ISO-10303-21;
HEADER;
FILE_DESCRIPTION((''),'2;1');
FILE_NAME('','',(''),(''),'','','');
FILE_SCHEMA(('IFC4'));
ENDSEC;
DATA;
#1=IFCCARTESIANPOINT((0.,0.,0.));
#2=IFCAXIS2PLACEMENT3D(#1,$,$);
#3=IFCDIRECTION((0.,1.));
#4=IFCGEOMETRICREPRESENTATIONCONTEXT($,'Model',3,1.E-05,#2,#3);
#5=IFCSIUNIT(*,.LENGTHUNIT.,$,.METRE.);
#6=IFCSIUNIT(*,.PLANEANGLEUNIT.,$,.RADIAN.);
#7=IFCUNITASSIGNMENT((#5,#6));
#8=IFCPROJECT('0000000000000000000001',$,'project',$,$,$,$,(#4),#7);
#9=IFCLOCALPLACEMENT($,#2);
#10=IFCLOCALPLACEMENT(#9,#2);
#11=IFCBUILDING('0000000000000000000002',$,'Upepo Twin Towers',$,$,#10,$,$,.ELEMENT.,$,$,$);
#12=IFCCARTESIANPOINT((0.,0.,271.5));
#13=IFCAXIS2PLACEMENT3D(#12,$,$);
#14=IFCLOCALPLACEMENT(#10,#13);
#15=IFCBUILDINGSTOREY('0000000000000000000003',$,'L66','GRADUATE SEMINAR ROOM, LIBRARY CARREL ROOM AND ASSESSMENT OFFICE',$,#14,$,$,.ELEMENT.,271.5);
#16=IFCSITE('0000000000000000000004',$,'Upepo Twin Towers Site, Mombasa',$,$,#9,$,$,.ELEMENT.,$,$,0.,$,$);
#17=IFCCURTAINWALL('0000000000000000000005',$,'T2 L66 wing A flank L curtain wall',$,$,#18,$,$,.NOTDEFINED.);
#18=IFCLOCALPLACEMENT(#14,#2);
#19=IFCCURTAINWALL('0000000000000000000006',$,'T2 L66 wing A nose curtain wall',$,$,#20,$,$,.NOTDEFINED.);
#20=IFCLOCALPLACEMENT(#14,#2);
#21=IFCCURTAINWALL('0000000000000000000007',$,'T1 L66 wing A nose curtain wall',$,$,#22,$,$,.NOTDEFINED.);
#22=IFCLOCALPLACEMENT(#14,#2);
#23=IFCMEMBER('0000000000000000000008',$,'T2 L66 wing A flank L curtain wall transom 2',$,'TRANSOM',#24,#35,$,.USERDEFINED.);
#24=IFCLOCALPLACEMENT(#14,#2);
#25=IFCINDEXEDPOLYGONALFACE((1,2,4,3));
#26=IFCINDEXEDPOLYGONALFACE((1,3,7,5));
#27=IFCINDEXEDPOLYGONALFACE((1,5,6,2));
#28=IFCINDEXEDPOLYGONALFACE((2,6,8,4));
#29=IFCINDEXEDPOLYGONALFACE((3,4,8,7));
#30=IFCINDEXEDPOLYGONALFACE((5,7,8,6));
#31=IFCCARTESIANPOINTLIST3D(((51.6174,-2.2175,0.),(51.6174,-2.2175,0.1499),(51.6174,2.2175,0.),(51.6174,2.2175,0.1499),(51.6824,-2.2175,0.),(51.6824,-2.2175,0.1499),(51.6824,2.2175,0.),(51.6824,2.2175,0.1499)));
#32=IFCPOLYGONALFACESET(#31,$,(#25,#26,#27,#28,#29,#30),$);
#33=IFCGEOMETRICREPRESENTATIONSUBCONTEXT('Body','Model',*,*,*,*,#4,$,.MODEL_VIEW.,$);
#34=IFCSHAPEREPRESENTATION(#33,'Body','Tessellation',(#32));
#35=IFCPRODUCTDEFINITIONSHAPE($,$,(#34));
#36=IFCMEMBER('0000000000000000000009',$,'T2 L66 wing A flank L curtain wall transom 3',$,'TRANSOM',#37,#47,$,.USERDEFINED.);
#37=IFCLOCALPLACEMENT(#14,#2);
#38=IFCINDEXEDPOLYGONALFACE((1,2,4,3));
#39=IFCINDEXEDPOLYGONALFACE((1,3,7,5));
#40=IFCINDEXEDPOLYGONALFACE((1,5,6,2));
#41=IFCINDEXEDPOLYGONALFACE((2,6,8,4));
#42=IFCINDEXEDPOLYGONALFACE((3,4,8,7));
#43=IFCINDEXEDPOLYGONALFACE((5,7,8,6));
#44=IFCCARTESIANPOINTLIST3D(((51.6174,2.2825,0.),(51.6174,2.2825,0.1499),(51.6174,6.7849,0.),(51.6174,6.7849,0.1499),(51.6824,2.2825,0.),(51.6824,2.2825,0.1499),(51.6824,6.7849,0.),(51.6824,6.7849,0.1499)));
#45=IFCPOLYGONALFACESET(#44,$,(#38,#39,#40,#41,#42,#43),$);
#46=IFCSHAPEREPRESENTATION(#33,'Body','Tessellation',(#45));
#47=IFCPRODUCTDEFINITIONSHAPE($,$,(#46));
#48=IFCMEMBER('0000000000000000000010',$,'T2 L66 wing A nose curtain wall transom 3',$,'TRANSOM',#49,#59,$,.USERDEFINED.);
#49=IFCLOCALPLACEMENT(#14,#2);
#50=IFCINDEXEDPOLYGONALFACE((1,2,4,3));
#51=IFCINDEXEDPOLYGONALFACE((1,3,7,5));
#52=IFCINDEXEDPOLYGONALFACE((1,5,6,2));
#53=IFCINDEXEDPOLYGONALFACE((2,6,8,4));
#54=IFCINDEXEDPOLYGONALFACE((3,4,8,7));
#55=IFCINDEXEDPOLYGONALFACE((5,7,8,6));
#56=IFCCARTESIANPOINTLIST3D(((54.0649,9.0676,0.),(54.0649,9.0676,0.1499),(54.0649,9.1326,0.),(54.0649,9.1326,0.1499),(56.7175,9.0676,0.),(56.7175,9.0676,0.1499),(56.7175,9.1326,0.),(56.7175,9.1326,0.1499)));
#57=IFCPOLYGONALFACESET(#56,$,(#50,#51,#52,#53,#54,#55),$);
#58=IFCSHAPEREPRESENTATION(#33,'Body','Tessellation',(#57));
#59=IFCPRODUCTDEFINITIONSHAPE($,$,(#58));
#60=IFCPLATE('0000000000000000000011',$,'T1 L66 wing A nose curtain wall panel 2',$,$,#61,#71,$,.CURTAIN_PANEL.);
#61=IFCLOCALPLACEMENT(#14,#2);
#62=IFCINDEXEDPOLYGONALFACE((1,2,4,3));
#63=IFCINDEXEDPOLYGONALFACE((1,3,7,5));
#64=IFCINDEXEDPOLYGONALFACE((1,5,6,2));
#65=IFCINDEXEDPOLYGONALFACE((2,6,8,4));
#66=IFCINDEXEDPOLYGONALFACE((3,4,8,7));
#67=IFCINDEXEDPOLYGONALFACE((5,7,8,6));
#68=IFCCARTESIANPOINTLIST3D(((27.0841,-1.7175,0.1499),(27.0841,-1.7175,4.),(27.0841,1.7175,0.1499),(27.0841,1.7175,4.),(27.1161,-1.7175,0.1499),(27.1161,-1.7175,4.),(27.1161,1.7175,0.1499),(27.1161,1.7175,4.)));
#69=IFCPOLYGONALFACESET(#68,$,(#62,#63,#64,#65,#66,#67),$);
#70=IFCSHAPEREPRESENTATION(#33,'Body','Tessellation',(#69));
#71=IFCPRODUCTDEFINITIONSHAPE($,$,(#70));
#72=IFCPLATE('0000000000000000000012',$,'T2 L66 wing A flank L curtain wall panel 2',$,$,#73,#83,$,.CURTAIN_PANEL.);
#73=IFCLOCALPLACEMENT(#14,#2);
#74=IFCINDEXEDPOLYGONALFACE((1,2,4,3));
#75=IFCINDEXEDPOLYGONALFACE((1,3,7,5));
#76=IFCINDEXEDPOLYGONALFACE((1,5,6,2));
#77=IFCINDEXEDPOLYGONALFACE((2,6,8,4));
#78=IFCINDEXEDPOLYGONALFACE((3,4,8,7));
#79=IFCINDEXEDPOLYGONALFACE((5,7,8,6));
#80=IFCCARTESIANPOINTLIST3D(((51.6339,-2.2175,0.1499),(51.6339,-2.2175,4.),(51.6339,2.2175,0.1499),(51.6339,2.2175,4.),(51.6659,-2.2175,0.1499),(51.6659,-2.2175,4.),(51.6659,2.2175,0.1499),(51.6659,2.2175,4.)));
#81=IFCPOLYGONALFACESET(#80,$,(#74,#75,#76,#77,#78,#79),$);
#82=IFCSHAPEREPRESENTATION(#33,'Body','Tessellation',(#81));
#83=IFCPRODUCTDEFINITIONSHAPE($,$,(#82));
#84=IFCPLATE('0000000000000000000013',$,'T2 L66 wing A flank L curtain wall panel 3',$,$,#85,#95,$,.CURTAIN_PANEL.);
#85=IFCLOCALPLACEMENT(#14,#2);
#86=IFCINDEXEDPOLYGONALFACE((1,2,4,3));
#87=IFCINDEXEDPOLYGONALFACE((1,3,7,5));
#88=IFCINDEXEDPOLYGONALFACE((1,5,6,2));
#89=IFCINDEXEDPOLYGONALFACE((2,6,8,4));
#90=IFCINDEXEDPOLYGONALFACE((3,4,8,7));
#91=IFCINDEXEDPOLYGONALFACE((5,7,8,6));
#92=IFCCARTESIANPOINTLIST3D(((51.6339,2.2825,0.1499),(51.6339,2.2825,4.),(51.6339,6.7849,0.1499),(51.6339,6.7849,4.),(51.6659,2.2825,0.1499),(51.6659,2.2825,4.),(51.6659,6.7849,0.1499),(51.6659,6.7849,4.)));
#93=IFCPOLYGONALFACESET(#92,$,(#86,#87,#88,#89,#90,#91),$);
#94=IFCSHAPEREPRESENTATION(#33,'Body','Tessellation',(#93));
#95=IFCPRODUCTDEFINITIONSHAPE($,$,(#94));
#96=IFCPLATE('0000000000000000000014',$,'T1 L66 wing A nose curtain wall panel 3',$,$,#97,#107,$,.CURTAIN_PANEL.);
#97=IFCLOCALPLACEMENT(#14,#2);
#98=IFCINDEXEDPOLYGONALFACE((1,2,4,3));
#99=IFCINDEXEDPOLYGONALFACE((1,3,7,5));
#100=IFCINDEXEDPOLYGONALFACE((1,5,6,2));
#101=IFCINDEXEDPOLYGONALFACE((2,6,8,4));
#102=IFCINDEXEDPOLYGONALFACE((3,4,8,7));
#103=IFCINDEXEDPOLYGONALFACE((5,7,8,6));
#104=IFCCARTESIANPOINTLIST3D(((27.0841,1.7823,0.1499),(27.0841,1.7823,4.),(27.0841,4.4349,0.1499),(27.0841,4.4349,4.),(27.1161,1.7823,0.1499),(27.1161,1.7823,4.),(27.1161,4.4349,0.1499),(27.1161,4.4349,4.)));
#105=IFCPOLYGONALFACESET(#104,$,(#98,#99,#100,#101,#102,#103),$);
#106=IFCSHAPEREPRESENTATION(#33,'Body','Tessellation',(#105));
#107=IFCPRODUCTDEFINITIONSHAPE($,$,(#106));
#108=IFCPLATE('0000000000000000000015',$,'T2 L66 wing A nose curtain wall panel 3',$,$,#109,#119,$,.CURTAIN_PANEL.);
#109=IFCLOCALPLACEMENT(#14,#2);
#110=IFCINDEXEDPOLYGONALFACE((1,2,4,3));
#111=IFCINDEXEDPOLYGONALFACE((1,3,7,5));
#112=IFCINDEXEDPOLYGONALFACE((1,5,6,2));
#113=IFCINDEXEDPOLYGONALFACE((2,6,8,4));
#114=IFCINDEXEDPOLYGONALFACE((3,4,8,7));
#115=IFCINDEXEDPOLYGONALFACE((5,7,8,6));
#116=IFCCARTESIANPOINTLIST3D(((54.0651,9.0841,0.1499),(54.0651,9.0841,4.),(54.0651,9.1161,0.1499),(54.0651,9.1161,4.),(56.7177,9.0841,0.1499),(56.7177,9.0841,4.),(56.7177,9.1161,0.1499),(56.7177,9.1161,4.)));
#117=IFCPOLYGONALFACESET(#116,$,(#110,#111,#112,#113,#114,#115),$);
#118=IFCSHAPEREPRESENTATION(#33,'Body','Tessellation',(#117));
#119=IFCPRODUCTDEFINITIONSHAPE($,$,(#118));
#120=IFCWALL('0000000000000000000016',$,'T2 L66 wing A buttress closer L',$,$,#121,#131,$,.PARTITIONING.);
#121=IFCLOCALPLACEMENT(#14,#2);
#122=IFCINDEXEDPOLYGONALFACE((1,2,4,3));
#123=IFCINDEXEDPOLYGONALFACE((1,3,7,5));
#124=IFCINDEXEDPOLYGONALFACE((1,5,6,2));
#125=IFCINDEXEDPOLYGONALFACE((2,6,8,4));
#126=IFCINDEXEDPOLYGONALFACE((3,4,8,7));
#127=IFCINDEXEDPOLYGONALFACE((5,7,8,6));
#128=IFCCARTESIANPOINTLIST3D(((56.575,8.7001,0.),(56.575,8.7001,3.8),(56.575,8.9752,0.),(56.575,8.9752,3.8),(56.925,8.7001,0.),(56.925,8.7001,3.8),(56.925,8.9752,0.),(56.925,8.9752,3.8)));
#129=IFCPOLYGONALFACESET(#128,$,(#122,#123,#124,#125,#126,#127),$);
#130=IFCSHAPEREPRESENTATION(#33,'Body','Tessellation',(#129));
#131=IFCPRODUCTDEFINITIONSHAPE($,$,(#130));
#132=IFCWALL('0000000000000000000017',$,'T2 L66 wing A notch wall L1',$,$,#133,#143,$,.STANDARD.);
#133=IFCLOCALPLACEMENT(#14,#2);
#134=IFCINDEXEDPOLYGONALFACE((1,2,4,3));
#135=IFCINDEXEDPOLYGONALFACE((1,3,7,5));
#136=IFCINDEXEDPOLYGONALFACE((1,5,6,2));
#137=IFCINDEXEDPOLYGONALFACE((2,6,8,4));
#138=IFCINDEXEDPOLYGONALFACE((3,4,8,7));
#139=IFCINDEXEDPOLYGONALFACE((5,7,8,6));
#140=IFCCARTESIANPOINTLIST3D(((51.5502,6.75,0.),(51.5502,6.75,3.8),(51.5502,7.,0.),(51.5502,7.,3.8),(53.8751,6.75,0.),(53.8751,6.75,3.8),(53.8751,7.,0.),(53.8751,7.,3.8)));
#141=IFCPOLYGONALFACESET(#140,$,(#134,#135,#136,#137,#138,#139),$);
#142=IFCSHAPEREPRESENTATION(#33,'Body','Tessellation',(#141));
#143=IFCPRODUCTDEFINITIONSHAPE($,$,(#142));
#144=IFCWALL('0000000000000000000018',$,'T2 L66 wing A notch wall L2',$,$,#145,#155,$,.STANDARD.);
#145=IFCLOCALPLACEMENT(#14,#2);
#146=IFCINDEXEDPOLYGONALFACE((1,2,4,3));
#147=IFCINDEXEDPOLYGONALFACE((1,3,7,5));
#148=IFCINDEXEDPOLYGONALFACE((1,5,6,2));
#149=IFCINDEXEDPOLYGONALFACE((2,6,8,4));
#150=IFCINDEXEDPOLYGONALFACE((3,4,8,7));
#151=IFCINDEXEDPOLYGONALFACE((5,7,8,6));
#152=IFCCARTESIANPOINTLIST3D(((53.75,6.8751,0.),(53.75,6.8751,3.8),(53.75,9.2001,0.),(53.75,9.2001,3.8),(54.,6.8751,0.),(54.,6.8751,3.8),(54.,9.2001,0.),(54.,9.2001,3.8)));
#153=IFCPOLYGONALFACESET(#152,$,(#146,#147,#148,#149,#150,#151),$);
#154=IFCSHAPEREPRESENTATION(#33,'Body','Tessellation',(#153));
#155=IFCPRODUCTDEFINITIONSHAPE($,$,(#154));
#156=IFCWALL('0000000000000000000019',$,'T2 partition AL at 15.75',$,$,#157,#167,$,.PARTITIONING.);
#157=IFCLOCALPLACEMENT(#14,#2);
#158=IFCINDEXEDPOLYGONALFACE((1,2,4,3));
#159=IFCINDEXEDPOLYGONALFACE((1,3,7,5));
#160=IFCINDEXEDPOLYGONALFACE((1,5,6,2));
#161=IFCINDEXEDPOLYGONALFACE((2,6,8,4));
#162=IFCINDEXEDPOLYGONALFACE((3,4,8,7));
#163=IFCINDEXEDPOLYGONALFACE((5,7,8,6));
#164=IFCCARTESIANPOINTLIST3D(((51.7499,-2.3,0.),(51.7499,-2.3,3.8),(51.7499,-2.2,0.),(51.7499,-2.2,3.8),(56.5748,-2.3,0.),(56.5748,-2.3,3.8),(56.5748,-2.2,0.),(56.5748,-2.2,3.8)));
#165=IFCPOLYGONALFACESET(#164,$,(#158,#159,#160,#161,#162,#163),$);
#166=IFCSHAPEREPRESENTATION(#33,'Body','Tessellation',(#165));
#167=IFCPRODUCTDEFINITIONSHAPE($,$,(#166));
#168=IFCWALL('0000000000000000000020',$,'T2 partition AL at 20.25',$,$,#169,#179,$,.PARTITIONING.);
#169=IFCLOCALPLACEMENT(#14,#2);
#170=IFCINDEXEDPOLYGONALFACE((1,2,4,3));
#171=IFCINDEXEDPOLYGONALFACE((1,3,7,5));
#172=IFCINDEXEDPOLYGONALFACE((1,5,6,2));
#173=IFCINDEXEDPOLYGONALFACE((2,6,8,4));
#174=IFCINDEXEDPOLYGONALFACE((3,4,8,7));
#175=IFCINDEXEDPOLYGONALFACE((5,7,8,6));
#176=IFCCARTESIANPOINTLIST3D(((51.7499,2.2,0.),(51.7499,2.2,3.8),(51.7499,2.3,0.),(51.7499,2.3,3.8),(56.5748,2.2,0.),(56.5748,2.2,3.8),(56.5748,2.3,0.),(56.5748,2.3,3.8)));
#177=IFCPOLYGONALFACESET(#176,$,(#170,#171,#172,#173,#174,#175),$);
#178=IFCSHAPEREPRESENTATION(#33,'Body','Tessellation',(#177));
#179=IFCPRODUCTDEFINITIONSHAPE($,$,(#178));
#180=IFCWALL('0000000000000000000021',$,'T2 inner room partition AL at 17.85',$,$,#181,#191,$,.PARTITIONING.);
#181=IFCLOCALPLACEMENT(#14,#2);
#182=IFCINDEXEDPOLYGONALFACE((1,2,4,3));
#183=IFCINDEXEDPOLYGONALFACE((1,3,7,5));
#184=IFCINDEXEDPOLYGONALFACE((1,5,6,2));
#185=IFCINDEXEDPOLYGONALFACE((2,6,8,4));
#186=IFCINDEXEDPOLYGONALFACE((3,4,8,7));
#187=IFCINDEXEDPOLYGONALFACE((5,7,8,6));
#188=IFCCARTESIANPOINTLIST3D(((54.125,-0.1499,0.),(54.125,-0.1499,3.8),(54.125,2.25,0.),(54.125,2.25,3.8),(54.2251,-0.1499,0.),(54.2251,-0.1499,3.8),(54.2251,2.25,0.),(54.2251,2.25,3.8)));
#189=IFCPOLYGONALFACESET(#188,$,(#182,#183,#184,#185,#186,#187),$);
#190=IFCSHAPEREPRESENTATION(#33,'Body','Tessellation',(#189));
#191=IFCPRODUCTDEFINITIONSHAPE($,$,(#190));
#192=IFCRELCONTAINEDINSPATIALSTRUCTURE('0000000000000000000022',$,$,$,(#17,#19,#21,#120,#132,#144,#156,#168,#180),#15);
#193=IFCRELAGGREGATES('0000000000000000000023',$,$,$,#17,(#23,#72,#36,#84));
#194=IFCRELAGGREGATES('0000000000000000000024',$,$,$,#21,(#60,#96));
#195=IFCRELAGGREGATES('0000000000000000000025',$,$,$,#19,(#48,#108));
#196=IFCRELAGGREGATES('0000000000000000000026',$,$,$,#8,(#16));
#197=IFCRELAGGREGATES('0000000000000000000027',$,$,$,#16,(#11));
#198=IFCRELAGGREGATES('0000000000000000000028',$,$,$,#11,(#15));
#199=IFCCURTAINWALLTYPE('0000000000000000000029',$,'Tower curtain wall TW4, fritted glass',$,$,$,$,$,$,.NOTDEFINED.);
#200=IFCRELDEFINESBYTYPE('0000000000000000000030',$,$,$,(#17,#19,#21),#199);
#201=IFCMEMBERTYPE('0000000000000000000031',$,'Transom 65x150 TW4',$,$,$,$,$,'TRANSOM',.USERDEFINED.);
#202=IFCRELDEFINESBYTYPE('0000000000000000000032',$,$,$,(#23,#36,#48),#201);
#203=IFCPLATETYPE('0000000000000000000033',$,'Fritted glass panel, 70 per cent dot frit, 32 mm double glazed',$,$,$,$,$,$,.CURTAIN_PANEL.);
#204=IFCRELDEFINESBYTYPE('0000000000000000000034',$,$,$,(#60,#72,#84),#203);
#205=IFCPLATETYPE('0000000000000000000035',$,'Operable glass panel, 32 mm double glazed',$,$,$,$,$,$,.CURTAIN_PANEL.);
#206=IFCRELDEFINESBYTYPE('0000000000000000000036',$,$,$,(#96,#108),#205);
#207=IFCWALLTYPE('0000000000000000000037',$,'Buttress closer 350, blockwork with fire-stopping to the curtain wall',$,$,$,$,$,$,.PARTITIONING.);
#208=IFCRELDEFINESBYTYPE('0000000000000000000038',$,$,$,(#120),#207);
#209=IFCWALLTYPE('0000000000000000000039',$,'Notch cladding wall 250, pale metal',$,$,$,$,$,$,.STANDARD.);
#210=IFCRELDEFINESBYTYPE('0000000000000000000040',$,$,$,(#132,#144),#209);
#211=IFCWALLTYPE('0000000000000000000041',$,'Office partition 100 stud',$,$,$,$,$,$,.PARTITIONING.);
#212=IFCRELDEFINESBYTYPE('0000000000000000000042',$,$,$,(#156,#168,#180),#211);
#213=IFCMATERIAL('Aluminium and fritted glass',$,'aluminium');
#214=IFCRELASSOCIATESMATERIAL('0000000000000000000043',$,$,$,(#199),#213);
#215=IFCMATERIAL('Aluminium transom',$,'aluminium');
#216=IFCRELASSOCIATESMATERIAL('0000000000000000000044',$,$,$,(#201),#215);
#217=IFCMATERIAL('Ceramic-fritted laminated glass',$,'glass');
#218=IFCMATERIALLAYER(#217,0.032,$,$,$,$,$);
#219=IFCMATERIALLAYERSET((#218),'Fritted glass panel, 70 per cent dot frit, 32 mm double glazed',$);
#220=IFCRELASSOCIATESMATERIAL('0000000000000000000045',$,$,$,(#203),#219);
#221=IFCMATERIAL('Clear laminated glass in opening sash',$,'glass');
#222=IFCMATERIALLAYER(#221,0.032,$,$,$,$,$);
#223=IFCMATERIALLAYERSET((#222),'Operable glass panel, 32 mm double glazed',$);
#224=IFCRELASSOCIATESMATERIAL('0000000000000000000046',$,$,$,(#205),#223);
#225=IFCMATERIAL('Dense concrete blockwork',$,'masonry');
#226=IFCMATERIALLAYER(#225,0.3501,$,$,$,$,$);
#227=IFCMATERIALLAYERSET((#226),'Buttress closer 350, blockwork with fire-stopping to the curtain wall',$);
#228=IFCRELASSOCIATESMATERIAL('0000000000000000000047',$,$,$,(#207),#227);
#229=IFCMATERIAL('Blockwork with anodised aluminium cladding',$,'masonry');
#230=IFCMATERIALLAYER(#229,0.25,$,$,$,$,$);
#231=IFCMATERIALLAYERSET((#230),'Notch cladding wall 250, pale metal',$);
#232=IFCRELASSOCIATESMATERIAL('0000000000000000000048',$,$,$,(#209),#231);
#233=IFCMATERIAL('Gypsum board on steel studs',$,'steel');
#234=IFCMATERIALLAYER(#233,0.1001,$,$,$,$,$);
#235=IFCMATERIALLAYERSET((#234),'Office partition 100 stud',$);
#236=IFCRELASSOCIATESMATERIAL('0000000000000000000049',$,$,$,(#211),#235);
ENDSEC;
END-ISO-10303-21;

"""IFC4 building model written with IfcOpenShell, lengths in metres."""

from ifc_helpers import new_model, si_unit, direction, frame, frame_2d, origin, origin_2d, place, context, subcontext, project, spatial, rectangle, extrude, material, layer, layer_set, material_profile, profile_set, type_object, element, aggregate, save


model = new_model("IFC4")

# Units and contexts
model_context = context("Model", 3, precision=1e-05, world=origin(), true_north=direction((0.0, 1.0)))
body_context = subcontext(model_context, "Body", "Model", "MODEL_VIEW")
ifc_project = project(units=[si_unit("LENGTHUNIT", "METRE"), si_unit("PLANEANGLEUNIT", "RADIAN")], contexts=[model_context])

# Site, building, storey
site_placement = place(None, origin())
site = spatial("IfcSite", under=ifc_project, at=site_placement, Name="Upepo Twin Towers Site, Mombasa", CompositionType="ELEMENT", RefElevation=0.0)
building_placement = place(site_placement, origin())
building = spatial("IfcBuilding", under=site, at=building_placement, Name="Upepo Twin Towers", CompositionType="ELEMENT")
storey_placement = place(building_placement, frame((0.0, 0.0, 271.5)))
storey = spatial("IfcBuildingStorey", under=building, at=storey_placement, Name="L66", Description="GRADUATE SEMINAR ROOM, LIBRARY CARREL ROOM AND ASSESSMENT OFFICE", CompositionType="ELEMENT", Elevation=271.5)

# Curtain walls
ifc_material_1 = material(Name="Aluminium and fritted glass", Category="aluminium")
curtain_wall_type = type_object("IfcCurtainWallType", Name="Tower curtain wall TW4, fritted glass", PredefinedType="NOTDEFINED", material=ifc_material_1)
curtain_wall_1_placement = place(storey_placement, origin())
curtain_wall_1 = element("IfcCurtainWall", 1, at=curtain_wall_1_placement, inside=storey, type_object=curtain_wall_type, Name="T2 L66 wing A flank L curtain wall", PredefinedType="NOTDEFINED")
curtain_wall_2_placement = place(storey_placement, origin())
curtain_wall_2 = element("IfcCurtainWall", 2, at=curtain_wall_2_placement, inside=storey, type_object=curtain_wall_type, Name="T2 L66 wing A nose curtain wall", PredefinedType="NOTDEFINED")
curtain_wall_3_placement = place(storey_placement, origin())
curtain_wall_3 = element("IfcCurtainWall", 3, at=curtain_wall_3_placement, inside=storey, type_object=curtain_wall_type, Name="T1 L66 wing A nose curtain wall", PredefinedType="NOTDEFINED")
ifc_material_2 = material(Name="Aluminium transom", Category="aluminium")
ifc_material_profile_1 = material_profile(ifc_material_2, rectangle(XDim=0.0649, YDim=0.1499, at=origin_2d()), Name="TRANSOM 65x150")
ifc_profile_set_1 = profile_set([ifc_material_profile_1], Name="Aluminium transom")
member_type_1 = type_object("IfcMemberType", Name="Transom 65x150 TW4", ElementType="TRANSOM", PredefinedType="USERDEFINED", material=ifc_profile_set_1)

# Members
member_1_placement = place(storey_placement, frame((51.6499, -2.2175, 0.075), z_axis=(0.0, 1.0, 0.0), x_axis=(-1.0, 0.0, 0.0)))
member_1 = element("IfcMember", 4, at=member_1_placement, type_object=member_type_1, Name="T2 L66 wing A flank L curtain wall transom 2", ObjectType="TRANSOM", PredefinedType="USERDEFINED", context=body_context, shape_type="SweptSolid", body=[
    extrude(rectangle(XDim=0.0649, YDim=0.1499, at=origin_2d()), origin(), (0.0, 0.0, 1.0), 4.4351),
])
member_2_placement = place(storey_placement, frame((51.6499, 2.2825, 0.075), z_axis=(0.0, 1.0, 0.0), x_axis=(-1.0, 0.0, 0.0)))
member_2 = element("IfcMember", 5, at=member_2_placement, type_object=member_type_1, Name="T2 L66 wing A flank L curtain wall transom 3", ObjectType="TRANSOM", PredefinedType="USERDEFINED", context=body_context, shape_type="SweptSolid", body=[
    extrude(rectangle(XDim=0.0649, YDim=0.1499, at=origin_2d()), origin(), (0.0, 0.0, 1.0), 4.5024),
])
member_3_placement = place(storey_placement, frame((56.7175, 9.1001, 0.075), z_axis=(-1.0, 0.0, 0.0), x_axis=(0.0, -1.0, 0.0)))
member_3 = element("IfcMember", 6, at=member_3_placement, type_object=member_type_1, Name="T2 L66 wing A nose curtain wall transom 3", ObjectType="TRANSOM", PredefinedType="USERDEFINED", context=body_context, shape_type="SweptSolid", body=[
    extrude(rectangle(XDim=0.0649, YDim=0.1499, at=origin_2d()), origin(), (0.0, 0.0, 1.0), 2.6526),
])

# Plates
ifc_material_3 = material(Name="Ceramic-fritted laminated glass", Category="glass")
ifc_layer_1 = layer(ifc_material_3, 0.032)
ifc_layer_set_1 = layer_set([ifc_layer_1], Name="Fritted glass panel, 70 per cent dot frit, 32 mm double glazed")
plate_type_1 = type_object("IfcPlateType", Name="Fritted glass panel, 70 per cent dot frit, 32 mm double glazed", PredefinedType="CURTAIN_PANEL", material=ifc_layer_set_1)
plate_1_placement = place(storey_placement, frame((27.1001, 0.0, 0.1499), z_axis=(0.0, 0.0, 1.0), x_axis=(0.0, 1.0, 0.0)))
plate_1 = element("IfcPlate", 7, at=plate_1_placement, type_object=plate_type_1, Name="T1 L66 wing A nose curtain wall panel 2", PredefinedType="CURTAIN_PANEL", context=body_context, shape_type="SweptSolid", body=[
    extrude(rectangle(XDim=3.4351, YDim=0.032, at=origin_2d()), origin(), (0.0, 0.0, 1.0), 3.8501),
])
plate_2_placement = place(storey_placement, frame((51.6499, 0.0, 0.1499), z_axis=(0.0, 0.0, 1.0), x_axis=(0.0, 1.0, 0.0)))
plate_2 = element("IfcPlate", 8, at=plate_2_placement, type_object=plate_type_1, Name="T2 L66 wing A flank L curtain wall panel 2", PredefinedType="CURTAIN_PANEL", context=body_context, shape_type="SweptSolid", body=[
    extrude(rectangle(XDim=4.4351, YDim=0.032, at=origin_2d()), origin(), (0.0, 0.0, 1.0), 3.8501),
])
plate_3_placement = place(storey_placement, frame((51.6499, 4.5337, 0.1499), z_axis=(0.0, 0.0, 1.0), x_axis=(0.0, 1.0, 0.0)))
plate_3 = element("IfcPlate", 9, at=plate_3_placement, type_object=plate_type_1, Name="T2 L66 wing A flank L curtain wall panel 3", PredefinedType="CURTAIN_PANEL", context=body_context, shape_type="SweptSolid", body=[
    extrude(rectangle(XDim=4.5024, YDim=0.032, at=origin_2d()), origin(), (0.0, 0.0, 1.0), 3.8501),
])
aggregate(curtain_wall_1, [member_1, plate_2, member_2, plate_3])
ifc_material_4 = material(Name="Clear laminated glass in opening sash", Category="glass")
ifc_layer_2 = layer(ifc_material_4, 0.032)
ifc_layer_set_2 = layer_set([ifc_layer_2], Name="Operable glass panel, 32 mm double glazed")
plate_type_2 = type_object("IfcPlateType", Name="Operable glass panel, 32 mm double glazed", PredefinedType="CURTAIN_PANEL", material=ifc_layer_set_2)
plate_4_placement = place(storey_placement, frame((27.1001, 3.1086, 0.1499), z_axis=(0.0, 0.0, 1.0), x_axis=(0.0, 1.0, 0.0)))
plate_4 = element("IfcPlate", 10, at=plate_4_placement, type_object=plate_type_2, Name="T1 L66 wing A nose curtain wall panel 3", PredefinedType="CURTAIN_PANEL", context=body_context, shape_type="SweptSolid", body=[
    extrude(rectangle(XDim=2.6526, YDim=0.032, at=origin_2d()), origin(), (0.0, 0.0, 1.0), 3.8501),
])
aggregate(curtain_wall_3, [plate_1, plate_4])
plate_5_placement = place(storey_placement, frame((55.3914, 9.1001, 0.1499), z_axis=(0.0, 0.0, 1.0), x_axis=(-1.0, 0.0, 0.0)))
plate_5 = element("IfcPlate", 11, at=plate_5_placement, type_object=plate_type_2, Name="T2 L66 wing A nose curtain wall panel 3", PredefinedType="CURTAIN_PANEL", context=body_context, shape_type="SweptSolid", body=[
    extrude(rectangle(XDim=2.6526, YDim=0.032, at=origin_2d()), origin(), (0.0, 0.0, 1.0), 3.8501),
])
aggregate(curtain_wall_2, [member_3, plate_5])

# Walls
ifc_material_5 = material(Name="Dense concrete blockwork", Category="masonry")
ifc_layer_3 = layer(ifc_material_5, 0.3501)
ifc_layer_set_3 = layer_set([ifc_layer_3], Name="Buttress closer 350, blockwork with fire-stopping to the curtain wall")
wall_type_1 = type_object("IfcWallType", Name="Buttress closer 350, blockwork with fire-stopping to the curtain wall", PredefinedType="PARTITIONING", material=ifc_layer_set_3)
wall_1_placement = place(storey_placement, frame((56.75, 8.7, 0.0), z_axis=(0.0, 0.0, 1.0), x_axis=(0.0, 1.0, 0.0)))
element("IfcWall", 12, at=wall_1_placement, inside=storey, type_object=wall_type_1, Name="T2 L66 wing A buttress closer L", PredefinedType="PARTITIONING", context=body_context, shape_type="SweptSolid", body=[
    extrude(rectangle(XDim=0.2751, YDim=0.3501, at=frame_2d((0.1377, 0.0))), origin(), (0.0, 0.0, 1.0), 3.8),
])
ifc_material_6 = material(Name="Blockwork with anodised aluminium cladding", Category="masonry")
ifc_layer_4 = layer(ifc_material_6, 0.25)
ifc_layer_set_4 = layer_set([ifc_layer_4], Name="Notch cladding wall 250, pale metal")
wall_type_2 = type_object("IfcWallType", Name="Notch cladding wall 250, pale metal", PredefinedType="STANDARD", material=ifc_layer_set_4)
for number, where, z_axis, x_axis, name in (
    (13, (51.55, 6.875, 0.0), (0.0, 0.0, 1.0), (1.0, 0.0, 0.0), "T2 L66 wing A notch wall L1"),
    (14, (53.875, 6.875, 0.0), (0.0, 0.0, 1.0), (0.0, 1.0, 0.0), "T2 L66 wing A notch wall L2"),
):
    element("IfcWall", number, at=place(storey_placement, frame(where, z_axis=z_axis, x_axis=x_axis)), inside=storey, type_object=wall_type_2, Name=name, PredefinedType="STANDARD", context=body_context, shape_type="SweptSolid", body=[
        extrude(rectangle(XDim=2.325, YDim=0.25, at=frame_2d((1.1626, 0.0))), origin(), (0.0, 0.0, 1.0), 3.8),
    ])
ifc_material_7 = material(Name="Gypsum board on steel studs", Category="steel")
ifc_layer_5 = layer(ifc_material_7, 0.1001)
ifc_layer_set_5 = layer_set([ifc_layer_5], Name="Office partition 100 stud")
wall_type_3 = type_object("IfcWallType", Name="Office partition 100 stud", PredefinedType="PARTITIONING", material=ifc_layer_set_5)
for number, where, z_axis, x_axis, name in (
    (15, (56.575, -2.25, 0.0), (0.0, 0.0, 1.0), (-1.0, 0.0, 0.0), "T2 partition AL at 15.75"),
    (16, (56.575, 2.25, 0.0), (0.0, 0.0, 1.0), (-1.0, 0.0, 0.0), "T2 partition AL at 20.25"),
):
    element("IfcWall", number, at=place(storey_placement, frame(where, z_axis=z_axis, x_axis=x_axis)), inside=storey, type_object=wall_type_3, Name=name, PredefinedType="PARTITIONING", context=body_context, shape_type="SweptSolid", body=[
        extrude(rectangle(XDim=4.825, YDim=0.1001, at=frame_2d((2.4126, 0.0))), origin(), (0.0, 0.0, 1.0), 3.8),
    ])
wall_2_placement = place(storey_placement, frame((54.175, -0.1499, 0.0), z_axis=(0.0, 0.0, 1.0), x_axis=(0.0, 1.0, 0.0)))
element("IfcWall", 17, at=wall_2_placement, inside=storey, type_object=wall_type_3, Name="T2 inner room partition AL at 17.85", PredefinedType="PARTITIONING", context=body_context, shape_type="SweptSolid", body=[
    extrude(rectangle(XDim=2.3999, YDim=0.1001, at=frame_2d((1.2, 0.0))), origin(), (0.0, 0.0, 1.0), 3.8),
])

save(model, "model.ifc")
